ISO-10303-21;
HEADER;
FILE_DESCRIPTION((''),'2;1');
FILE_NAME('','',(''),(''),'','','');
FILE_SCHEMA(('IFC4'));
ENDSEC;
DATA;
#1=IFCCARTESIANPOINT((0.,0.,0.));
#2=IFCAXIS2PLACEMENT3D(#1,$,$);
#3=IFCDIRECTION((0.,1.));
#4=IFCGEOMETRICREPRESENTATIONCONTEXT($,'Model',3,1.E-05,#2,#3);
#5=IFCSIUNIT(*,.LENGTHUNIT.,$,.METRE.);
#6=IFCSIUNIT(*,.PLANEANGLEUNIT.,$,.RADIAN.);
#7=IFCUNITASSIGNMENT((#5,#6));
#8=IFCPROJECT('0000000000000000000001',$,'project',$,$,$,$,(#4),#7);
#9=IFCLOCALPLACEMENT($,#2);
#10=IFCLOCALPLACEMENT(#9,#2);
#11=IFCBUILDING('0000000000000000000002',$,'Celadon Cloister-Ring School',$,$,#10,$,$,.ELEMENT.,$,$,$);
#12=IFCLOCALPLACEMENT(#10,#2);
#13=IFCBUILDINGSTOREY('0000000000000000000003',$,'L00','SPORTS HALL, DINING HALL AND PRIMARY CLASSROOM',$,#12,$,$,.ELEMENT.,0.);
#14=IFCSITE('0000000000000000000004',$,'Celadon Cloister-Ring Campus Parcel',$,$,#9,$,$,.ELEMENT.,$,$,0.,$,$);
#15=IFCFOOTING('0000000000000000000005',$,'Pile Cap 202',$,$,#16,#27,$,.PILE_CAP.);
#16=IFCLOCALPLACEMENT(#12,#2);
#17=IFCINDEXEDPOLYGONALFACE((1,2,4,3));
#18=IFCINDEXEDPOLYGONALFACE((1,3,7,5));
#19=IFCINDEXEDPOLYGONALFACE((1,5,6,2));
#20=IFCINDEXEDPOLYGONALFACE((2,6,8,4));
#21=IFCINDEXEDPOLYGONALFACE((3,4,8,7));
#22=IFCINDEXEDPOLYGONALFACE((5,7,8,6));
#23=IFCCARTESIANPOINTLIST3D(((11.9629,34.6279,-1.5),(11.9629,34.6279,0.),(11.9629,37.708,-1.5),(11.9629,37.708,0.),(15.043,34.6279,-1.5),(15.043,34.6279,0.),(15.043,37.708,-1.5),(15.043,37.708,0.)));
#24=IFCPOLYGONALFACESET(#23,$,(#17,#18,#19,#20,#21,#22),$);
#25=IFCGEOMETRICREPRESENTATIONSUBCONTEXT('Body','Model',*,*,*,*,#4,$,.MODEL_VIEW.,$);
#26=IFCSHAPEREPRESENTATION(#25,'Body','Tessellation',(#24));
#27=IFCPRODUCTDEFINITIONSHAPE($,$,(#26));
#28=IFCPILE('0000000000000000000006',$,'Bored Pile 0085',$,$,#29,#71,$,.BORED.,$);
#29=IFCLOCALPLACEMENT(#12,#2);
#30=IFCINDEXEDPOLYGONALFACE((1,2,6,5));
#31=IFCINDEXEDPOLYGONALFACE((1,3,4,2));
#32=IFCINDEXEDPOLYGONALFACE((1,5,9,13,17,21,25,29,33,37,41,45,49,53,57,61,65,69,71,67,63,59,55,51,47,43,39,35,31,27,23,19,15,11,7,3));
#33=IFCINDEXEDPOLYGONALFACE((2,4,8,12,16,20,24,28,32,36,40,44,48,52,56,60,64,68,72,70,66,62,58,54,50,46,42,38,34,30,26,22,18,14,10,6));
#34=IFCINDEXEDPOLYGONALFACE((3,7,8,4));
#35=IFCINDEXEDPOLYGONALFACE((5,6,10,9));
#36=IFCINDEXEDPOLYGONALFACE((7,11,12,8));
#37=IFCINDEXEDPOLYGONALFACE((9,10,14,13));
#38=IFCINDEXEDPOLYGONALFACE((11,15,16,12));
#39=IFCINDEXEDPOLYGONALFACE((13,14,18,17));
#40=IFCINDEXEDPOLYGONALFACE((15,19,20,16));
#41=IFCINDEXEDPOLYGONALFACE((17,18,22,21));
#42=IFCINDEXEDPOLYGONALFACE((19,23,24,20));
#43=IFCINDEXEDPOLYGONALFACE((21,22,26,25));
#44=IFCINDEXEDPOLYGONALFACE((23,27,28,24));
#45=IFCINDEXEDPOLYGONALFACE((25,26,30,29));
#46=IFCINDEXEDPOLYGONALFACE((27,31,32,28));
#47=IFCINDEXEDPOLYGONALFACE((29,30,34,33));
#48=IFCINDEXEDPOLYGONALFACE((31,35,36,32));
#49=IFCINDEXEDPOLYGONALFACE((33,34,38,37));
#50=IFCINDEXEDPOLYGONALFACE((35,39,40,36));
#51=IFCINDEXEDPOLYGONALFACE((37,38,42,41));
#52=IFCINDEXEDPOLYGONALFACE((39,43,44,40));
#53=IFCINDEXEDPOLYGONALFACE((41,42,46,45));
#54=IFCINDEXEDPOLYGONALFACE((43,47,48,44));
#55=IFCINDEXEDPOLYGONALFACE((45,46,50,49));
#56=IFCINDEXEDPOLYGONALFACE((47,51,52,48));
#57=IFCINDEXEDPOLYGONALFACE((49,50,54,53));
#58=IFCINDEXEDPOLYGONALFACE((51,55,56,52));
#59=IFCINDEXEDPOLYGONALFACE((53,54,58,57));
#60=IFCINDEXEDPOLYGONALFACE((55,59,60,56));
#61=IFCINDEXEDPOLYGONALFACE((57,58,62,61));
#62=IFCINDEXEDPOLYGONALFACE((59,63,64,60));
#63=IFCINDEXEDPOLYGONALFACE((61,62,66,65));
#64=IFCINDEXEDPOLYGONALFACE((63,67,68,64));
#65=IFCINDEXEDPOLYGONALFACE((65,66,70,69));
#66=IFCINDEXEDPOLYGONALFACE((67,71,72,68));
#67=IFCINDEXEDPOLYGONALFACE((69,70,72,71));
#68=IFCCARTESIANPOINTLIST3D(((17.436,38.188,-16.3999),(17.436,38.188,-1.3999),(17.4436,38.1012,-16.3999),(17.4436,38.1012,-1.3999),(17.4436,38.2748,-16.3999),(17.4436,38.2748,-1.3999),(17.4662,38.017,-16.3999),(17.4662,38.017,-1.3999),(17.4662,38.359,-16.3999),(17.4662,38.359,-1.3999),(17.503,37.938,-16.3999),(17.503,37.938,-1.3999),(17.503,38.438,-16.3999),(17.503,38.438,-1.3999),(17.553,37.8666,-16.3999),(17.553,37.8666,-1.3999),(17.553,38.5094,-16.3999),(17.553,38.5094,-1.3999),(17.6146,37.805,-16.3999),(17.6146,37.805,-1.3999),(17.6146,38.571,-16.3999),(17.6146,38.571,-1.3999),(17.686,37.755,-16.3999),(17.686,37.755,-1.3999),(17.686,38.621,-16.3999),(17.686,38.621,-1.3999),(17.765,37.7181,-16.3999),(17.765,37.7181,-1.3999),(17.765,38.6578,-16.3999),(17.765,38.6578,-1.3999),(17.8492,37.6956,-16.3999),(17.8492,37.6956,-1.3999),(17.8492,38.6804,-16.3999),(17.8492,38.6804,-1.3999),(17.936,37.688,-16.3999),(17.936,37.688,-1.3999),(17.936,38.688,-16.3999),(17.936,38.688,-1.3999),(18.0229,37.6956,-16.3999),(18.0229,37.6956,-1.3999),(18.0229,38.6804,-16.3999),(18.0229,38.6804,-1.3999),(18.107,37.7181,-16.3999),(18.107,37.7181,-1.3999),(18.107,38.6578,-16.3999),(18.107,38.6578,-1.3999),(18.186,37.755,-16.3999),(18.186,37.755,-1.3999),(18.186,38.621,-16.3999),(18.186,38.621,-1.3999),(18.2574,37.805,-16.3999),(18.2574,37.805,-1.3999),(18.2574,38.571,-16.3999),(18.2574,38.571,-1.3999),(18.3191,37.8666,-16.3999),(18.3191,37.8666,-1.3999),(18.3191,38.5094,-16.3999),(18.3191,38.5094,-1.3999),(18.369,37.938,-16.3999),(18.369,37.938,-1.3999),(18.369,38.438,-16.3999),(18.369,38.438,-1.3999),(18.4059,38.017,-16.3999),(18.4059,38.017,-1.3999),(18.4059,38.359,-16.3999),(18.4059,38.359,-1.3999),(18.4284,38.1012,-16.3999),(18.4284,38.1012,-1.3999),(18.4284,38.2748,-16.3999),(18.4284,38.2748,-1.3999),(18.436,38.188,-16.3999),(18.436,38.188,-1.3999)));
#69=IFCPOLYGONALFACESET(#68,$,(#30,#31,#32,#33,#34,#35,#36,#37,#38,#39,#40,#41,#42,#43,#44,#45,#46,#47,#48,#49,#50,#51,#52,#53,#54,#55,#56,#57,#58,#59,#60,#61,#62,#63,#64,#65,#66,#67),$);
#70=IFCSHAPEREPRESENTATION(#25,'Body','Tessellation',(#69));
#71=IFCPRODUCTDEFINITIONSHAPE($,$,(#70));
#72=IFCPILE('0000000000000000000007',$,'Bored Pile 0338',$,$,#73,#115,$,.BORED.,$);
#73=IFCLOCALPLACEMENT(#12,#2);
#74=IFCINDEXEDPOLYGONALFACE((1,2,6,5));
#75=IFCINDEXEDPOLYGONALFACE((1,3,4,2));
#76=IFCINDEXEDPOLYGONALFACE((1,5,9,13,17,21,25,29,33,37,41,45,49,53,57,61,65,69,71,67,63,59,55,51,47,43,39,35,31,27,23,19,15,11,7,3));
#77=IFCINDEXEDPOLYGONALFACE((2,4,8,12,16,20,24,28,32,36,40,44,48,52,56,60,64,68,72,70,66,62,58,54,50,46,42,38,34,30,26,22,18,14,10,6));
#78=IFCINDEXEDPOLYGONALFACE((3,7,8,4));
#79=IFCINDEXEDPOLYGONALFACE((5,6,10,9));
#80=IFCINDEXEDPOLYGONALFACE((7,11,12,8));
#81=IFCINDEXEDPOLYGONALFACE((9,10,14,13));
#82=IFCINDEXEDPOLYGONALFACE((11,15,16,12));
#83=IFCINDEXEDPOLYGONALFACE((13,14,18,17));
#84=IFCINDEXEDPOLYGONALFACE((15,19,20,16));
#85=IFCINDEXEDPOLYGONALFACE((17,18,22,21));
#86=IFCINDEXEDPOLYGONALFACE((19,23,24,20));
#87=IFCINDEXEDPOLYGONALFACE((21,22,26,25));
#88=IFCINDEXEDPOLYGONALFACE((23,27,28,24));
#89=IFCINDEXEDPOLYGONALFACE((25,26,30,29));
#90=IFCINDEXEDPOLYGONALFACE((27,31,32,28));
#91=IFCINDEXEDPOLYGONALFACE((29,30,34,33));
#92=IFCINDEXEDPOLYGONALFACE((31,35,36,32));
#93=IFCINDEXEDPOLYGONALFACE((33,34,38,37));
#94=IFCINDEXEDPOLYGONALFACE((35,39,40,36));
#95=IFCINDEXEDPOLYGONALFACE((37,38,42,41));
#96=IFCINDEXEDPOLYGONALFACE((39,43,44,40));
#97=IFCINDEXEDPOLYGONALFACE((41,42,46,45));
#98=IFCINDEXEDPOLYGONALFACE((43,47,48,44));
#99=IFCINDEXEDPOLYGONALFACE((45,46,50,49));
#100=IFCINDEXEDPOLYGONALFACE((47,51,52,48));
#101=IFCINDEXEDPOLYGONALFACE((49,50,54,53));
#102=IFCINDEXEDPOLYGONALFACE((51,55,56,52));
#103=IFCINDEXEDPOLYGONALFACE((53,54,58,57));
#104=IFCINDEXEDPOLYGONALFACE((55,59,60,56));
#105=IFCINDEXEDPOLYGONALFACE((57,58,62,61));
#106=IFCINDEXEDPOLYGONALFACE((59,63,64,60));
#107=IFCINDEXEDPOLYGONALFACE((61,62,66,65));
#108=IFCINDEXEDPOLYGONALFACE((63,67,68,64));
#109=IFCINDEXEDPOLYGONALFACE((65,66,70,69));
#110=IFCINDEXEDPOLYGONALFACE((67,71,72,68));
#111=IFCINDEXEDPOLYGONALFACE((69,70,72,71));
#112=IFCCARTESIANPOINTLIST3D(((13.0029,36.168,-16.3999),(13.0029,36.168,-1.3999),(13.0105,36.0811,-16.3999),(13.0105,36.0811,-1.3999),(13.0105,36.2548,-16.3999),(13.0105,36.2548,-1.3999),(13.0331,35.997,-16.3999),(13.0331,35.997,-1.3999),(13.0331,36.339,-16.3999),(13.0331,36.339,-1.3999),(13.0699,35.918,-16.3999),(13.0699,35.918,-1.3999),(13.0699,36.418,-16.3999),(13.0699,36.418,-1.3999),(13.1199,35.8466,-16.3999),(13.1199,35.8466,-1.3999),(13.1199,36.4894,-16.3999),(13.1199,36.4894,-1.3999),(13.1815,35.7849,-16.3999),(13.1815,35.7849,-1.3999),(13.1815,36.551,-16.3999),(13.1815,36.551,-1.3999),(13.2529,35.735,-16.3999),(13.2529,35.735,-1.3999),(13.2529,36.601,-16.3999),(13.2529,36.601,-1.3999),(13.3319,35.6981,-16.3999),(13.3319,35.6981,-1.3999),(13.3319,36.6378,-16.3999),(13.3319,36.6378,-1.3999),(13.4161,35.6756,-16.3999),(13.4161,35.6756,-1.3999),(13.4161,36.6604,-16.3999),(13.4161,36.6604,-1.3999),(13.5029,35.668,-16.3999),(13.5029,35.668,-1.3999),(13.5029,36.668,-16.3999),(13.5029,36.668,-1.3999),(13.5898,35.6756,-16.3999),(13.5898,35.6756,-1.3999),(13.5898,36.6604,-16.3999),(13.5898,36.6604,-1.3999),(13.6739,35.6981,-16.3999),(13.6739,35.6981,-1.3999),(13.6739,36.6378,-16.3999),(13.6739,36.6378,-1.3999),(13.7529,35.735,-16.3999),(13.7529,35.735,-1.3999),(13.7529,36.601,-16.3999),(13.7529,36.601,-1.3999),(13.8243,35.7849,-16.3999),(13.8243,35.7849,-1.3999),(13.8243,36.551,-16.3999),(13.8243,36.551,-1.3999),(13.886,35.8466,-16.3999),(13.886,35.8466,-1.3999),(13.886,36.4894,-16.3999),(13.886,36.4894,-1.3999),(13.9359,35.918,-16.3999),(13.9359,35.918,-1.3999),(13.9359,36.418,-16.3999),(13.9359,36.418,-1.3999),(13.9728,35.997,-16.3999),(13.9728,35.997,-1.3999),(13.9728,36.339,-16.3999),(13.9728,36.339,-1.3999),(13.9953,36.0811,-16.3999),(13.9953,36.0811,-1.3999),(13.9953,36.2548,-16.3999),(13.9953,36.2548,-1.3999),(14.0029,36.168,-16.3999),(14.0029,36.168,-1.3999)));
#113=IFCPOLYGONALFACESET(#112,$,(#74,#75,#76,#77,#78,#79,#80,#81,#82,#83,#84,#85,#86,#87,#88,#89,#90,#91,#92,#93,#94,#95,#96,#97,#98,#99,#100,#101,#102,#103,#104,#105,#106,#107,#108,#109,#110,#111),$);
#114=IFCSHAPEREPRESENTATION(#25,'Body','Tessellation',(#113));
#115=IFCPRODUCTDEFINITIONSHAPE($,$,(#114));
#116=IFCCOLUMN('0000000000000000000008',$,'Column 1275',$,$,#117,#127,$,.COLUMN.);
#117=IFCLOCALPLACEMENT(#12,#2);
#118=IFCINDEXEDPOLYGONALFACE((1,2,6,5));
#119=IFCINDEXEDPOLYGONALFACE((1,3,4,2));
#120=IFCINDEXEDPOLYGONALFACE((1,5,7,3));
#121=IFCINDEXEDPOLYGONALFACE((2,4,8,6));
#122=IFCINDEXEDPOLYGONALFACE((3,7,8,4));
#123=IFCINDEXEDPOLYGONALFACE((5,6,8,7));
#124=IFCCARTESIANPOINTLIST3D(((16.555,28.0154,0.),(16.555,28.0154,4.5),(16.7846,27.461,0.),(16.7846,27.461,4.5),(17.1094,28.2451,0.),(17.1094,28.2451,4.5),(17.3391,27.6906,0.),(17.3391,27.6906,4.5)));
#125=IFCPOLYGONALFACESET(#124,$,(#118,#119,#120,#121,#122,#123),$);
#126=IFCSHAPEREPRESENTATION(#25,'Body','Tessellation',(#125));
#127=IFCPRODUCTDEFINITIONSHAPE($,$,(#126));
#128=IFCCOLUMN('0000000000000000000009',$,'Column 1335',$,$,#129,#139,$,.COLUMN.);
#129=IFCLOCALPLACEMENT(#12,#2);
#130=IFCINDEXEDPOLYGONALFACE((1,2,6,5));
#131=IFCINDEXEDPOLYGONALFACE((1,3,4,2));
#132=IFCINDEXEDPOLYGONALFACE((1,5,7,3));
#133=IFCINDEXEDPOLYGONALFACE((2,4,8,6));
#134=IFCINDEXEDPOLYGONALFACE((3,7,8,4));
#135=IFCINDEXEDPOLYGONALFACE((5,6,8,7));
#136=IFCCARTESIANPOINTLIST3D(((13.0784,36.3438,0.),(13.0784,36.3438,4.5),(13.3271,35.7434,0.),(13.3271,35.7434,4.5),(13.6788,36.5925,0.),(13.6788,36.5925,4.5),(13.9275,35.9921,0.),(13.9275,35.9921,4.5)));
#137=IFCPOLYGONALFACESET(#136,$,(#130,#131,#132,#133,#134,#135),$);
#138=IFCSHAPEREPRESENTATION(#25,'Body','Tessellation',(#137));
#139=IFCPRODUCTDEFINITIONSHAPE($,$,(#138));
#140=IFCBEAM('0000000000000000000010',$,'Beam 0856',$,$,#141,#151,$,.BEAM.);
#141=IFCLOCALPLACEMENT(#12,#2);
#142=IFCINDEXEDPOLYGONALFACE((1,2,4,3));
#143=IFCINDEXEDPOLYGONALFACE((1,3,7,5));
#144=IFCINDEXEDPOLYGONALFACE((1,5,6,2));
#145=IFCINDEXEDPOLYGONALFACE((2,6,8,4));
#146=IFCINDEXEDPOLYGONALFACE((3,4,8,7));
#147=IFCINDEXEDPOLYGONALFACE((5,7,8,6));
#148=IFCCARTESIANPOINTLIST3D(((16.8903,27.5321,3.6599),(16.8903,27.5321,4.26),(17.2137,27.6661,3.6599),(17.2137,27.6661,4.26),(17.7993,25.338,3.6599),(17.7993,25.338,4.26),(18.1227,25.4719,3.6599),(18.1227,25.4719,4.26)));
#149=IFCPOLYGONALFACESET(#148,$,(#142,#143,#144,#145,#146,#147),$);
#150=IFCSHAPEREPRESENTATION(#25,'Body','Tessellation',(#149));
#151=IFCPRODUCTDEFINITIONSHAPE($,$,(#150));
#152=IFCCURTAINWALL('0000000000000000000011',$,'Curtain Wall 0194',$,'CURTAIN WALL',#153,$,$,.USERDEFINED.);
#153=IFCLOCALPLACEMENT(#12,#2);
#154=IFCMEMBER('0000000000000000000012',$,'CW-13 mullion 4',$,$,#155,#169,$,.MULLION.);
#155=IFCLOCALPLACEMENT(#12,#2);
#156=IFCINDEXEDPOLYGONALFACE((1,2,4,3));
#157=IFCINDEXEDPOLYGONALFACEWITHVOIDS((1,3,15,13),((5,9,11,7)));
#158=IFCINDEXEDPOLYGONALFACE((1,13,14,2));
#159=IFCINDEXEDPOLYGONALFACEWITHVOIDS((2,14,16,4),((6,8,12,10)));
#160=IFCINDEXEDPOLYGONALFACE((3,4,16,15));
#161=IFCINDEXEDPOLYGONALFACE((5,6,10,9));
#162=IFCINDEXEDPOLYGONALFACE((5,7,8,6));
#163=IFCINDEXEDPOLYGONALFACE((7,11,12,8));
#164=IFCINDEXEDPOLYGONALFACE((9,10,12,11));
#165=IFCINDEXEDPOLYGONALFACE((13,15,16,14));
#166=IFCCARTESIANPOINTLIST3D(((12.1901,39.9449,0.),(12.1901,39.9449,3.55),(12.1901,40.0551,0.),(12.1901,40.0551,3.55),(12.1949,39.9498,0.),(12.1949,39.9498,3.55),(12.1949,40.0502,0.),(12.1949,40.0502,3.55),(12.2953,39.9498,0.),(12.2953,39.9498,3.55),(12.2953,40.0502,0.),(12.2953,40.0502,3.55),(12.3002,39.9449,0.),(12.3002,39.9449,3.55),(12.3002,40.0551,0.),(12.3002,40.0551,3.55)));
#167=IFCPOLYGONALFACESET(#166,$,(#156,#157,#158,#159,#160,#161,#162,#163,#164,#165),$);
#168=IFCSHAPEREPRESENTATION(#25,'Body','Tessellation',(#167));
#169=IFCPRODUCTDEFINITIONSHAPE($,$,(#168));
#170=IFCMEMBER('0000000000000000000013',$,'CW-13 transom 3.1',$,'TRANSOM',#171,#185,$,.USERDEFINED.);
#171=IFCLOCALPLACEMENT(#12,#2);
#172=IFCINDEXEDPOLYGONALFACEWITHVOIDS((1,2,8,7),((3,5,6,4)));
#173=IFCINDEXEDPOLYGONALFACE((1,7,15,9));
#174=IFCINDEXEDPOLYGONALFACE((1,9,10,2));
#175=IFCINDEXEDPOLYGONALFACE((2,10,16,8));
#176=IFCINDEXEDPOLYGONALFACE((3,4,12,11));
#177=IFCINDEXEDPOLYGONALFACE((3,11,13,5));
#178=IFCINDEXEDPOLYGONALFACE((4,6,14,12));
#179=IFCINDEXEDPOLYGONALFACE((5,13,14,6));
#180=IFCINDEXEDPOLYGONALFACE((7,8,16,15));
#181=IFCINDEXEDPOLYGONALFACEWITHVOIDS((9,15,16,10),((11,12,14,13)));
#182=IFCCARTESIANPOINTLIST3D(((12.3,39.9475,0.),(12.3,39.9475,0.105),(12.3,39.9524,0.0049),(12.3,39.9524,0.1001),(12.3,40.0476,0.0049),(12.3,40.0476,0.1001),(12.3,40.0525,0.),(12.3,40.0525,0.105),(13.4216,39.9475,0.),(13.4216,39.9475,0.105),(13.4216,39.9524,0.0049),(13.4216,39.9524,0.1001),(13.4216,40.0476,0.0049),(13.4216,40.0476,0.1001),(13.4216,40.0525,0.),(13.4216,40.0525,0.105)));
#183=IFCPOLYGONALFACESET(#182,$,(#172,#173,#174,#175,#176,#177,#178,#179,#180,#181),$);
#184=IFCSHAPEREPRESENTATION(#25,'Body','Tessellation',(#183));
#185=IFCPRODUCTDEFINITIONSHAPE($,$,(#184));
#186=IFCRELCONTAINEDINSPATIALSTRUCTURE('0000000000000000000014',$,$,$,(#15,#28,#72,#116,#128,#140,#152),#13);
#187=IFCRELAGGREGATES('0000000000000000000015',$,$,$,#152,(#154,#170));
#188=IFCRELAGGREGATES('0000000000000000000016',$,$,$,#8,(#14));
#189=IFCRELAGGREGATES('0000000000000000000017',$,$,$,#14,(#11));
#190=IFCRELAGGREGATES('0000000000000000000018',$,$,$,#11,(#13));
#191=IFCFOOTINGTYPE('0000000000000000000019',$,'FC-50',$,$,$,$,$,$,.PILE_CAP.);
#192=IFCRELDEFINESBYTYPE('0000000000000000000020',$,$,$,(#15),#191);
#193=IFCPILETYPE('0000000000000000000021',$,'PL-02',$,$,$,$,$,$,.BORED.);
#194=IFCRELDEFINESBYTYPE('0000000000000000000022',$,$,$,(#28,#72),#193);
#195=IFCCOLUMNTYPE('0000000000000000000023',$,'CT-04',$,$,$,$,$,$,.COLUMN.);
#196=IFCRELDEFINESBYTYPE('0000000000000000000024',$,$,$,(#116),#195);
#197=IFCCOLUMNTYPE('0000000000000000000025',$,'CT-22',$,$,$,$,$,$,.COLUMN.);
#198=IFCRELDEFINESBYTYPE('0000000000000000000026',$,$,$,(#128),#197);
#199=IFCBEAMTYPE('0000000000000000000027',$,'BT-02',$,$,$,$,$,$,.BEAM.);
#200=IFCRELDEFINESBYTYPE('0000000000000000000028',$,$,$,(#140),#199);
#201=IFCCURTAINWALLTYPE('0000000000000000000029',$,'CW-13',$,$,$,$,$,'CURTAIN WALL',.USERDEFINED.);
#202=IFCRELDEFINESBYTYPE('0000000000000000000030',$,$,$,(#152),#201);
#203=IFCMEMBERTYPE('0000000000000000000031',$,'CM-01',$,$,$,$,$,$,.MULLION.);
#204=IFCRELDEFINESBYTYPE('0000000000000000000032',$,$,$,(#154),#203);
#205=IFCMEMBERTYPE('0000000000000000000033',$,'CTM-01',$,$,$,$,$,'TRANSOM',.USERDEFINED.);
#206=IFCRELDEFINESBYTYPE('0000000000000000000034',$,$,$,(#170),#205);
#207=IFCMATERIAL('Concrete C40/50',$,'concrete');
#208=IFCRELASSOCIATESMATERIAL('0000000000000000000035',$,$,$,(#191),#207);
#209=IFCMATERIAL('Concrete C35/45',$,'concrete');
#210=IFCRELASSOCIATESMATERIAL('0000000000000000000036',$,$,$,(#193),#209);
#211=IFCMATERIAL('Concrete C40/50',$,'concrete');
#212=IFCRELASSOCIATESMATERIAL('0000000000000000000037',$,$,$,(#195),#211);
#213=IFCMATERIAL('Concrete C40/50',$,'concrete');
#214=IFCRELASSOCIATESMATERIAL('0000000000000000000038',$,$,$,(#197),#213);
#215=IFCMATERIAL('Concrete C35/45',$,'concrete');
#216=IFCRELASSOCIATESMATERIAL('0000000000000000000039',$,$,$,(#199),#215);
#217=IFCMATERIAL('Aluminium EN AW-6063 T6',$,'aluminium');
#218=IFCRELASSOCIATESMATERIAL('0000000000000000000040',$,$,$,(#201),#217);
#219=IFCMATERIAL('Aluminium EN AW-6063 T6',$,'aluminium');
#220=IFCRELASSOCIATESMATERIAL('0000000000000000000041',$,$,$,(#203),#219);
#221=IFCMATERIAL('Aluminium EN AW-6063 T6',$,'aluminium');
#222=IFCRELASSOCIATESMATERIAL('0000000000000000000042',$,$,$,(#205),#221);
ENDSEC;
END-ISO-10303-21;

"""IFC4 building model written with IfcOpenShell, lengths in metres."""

from ifc_helpers import new_model, si_unit, direction, frame, origin, origin_2d, place, context, subcontext, project, spatial, rectangle, hollow_rectangle, circle, extrude, material, material_profile, profile_set, type_object, element, aggregate, save


model = new_model("IFC4")

# Units and contexts
model_context = context("Model", 3, precision=1e-05, world=origin(), true_north=direction((0.0, 1.0)))
body_context = subcontext(model_context, "Body", "Model", "MODEL_VIEW")
ifc_project = project(units=[si_unit("LENGTHUNIT", "METRE"), si_unit("PLANEANGLEUNIT", "RADIAN")], contexts=[model_context])

# Site, building, storey
site_placement = place(None, origin())
site = spatial("IfcSite", under=ifc_project, at=site_placement, Name="Celadon Cloister-Ring Campus Parcel", CompositionType="ELEMENT", RefElevation=0.0)
building_placement = place(site_placement, origin())
building = spatial("IfcBuilding", under=site, at=building_placement, Name="Celadon Cloister-Ring School", CompositionType="ELEMENT")
storey_placement = place(building_placement, origin())
storey = spatial("IfcBuildingStorey", under=building, at=storey_placement, Name="L00", Description="SPORTS HALL, DINING HALL AND PRIMARY CLASSROOM", CompositionType="ELEMENT", Elevation=0.0)

# Footing
ifc_material_1 = material(Name="Concrete C40/50", Category="concrete")
footing_type = type_object("IfcFootingType", Name="FC-50", PredefinedType="PILE_CAP", material=ifc_material_1)
footing_placement = place(storey_placement, frame((13.5029, 36.168, -1.5), z_axis=(0.0, 0.0, 1.0), x_axis=(1.0, 0.0, 0.0)))
element("IfcFooting", 1, at=footing_placement, inside=storey, type_object=footing_type, Name="Pile Cap 202", PredefinedType="PILE_CAP", context=body_context, shape_type="SweptSolid", body=[
    extrude(rectangle(XDim=3.0801, YDim=3.0801, at=origin_2d()), origin(), (0.0, 0.0, 1.0), 1.5),
])

# Piles
ifc_material_2 = material(Name="Concrete C35/45", Category="concrete")
ifc_material_profile_1 = material_profile(ifc_material_2, circle(Radius=0.5, at=origin_2d()), Name="PILE1000")
ifc_profile_set_1 = profile_set([ifc_material_profile_1], Name="Concrete C35/45")
pile_type = type_object("IfcPileType", Name="PL-02", PredefinedType="BORED", material=ifc_profile_set_1)
for number, where, z_axis, x_axis, name in (
    (2, (17.936, 38.188, -1.3999), (0.0, 0.0, -1.0), (1.0, 0.0, 0.0), "Bored Pile 0085"),
    (3, (13.5029, 36.168, -1.3999), (0.0, 0.0, -1.0), (1.0, 0.0, 0.0), "Bored Pile 0338"),
):
    element("IfcPile", number, at=place(storey_placement, frame(where, z_axis=z_axis, x_axis=x_axis)), inside=storey, type_object=pile_type, Name=name, PredefinedType="BORED", context=body_context, shape_type="SweptSolid", body=[
        extrude(circle(Radius=0.5, at=origin_2d()), origin(), (0.0, 0.0, 1.0), 15.0),
    ])

# Columns
ifc_material_3 = material(Name="Concrete C40/50", Category="concrete")
ifc_material_profile_2 = material_profile(ifc_material_3, rectangle(XDim=0.6001, YDim=0.6001, at=origin_2d()), Name="RC600X600")
ifc_profile_set_2 = profile_set([ifc_material_profile_2], Name="Concrete C40/50")
column_type_1 = type_object("IfcColumnType", Name="CT-04", PredefinedType="COLUMN", material=ifc_profile_set_2)
column_1_placement = place(storey_placement, frame((16.947, 27.853, 0.0), z_axis=(0.0, 0.0, 1.0), x_axis=(-0.382683, 0.92388, 0.0)))
element("IfcColumn", 4, at=column_1_placement, inside=storey, type_object=column_type_1, Name="Column 1275", PredefinedType="COLUMN", context=body_context, shape_type="SweptSolid", body=[
    extrude(rectangle(XDim=0.6001, YDim=0.6001, at=origin_2d()), origin(), (0.0, 0.0, 1.0), 4.5),
])
ifc_material_4 = material(Name="Concrete C40/50", Category="concrete")
ifc_material_profile_3 = material_profile(ifc_material_4, rectangle(XDim=0.6499, YDim=0.6499, at=origin_2d()), Name="RC650X650")
ifc_profile_set_3 = profile_set([ifc_material_profile_3], Name="Concrete C40/50")
column_type_2 = type_object("IfcColumnType", Name="CT-22", PredefinedType="COLUMN", material=ifc_profile_set_3)
column_2_placement = place(storey_placement, frame((13.5029, 36.168, 0.0), z_axis=(0.0, 0.0, 1.0), x_axis=(-0.382683, 0.92388, 0.0)))
element("IfcColumn", 5, at=column_2_placement, inside=storey, type_object=column_type_2, Name="Column 1335", PredefinedType="COLUMN", context=body_context, shape_type="SweptSolid", body=[
    extrude(rectangle(XDim=0.6499, YDim=0.6499, at=origin_2d()), origin(), (0.0, 0.0, 1.0), 4.5),
])

# Beam
ifc_material_5 = material(Name="Concrete C35/45", Category="concrete")
ifc_material_profile_4 = material_profile(ifc_material_5, rectangle(XDim=0.3501, YDim=0.6001, at=origin_2d()), Name="RC350X600")
ifc_profile_set_4 = profile_set([ifc_material_profile_4], Name="Concrete C35/45")
beam_type_1 = type_object("IfcBeamType", Name="BT-02", PredefinedType="BEAM", material=ifc_profile_set_4)
beam_1_placement = place(storey_placement, frame((17.052, 27.5991, 3.96), z_axis=(0.382724, -0.923863, 0.0), x_axis=(0.923863, 0.382724, 0.0)))
element("IfcBeam", 6, at=beam_1_placement, inside=storey, type_object=beam_type_1, Name="Beam 0856", PredefinedType="BEAM", context=body_context, shape_type="SweptSolid", body=[
    extrude(rectangle(XDim=0.3501, YDim=0.6001, at=origin_2d()), origin(), (0.0, 0.0, 1.0), 2.375),
])

# Curtain wall, members
ifc_material_6 = material(Name="Aluminium EN AW-6063 T6", Category="aluminium")
curtain_wall_type = type_object("IfcCurtainWallType", Name="CW-13", ElementType="CURTAIN WALL", PredefinedType="USERDEFINED", material=ifc_material_6)
curtain_wall_placement = place(storey_placement, origin())
curtain_wall = element("IfcCurtainWall", 7, at=curtain_wall_placement, inside=storey, type_object=curtain_wall_type, Name="Curtain Wall 0194", ObjectType="CURTAIN WALL", PredefinedType="USERDEFINED")
ifc_material_7 = material(Name="Aluminium EN AW-6063 T6", Category="aluminium")
ifc_material_profile_5 = material_profile(ifc_material_7, hollow_rectangle(XDim=0.1101, YDim=0.1101, WallThickness=0.0049, at=origin_2d()), Name="RHS110X110X5")
ifc_profile_set_5 = profile_set([ifc_material_profile_5], Name="Aluminium EN AW-6063 T6")
member_type_1 = type_object("IfcMemberType", Name="CM-01", PredefinedType="MULLION", material=ifc_profile_set_5)
member_1_placement = place(storey_placement, frame((12.2451, 40.0, 0.0), z_axis=(0.0, 0.0, 1.0), x_axis=(0.0, -1.0, 0.0)))
member_1 = element("IfcMember", 8, at=member_1_placement, type_object=member_type_1, Name="CW-13 mullion 4", PredefinedType="MULLION", context=body_context, shape_type="SweptSolid", body=[
    extrude(hollow_rectangle(XDim=0.1101, YDim=0.1101, WallThickness=0.0049, at=origin_2d()), origin(), (0.0, 0.0, 1.0), 3.55),
])
ifc_material_8 = material(Name="Aluminium EN AW-6063 T6", Category="aluminium")
ifc_material_profile_6 = material_profile(ifc_material_8, hollow_rectangle(XDim=0.105, YDim=0.105, WallThickness=0.0049, at=origin_2d()), Name="RHS105X105X5")
ifc_profile_set_6 = profile_set([ifc_material_profile_6], Name="Aluminium EN AW-6063 T6")
member_type_2 = type_object("IfcMemberType", Name="CTM-01", ElementType="TRANSOM", PredefinedType="USERDEFINED", material=ifc_profile_set_6)
member_2_placement = place(storey_placement, frame((13.4216, 40.0, 0.0525), z_axis=(-1.0, 0.0, 0.0), x_axis=(0.0, -1.0, 0.0)))
member_2 = element("IfcMember", 9, at=member_2_placement, type_object=member_type_2, Name="CW-13 transom 3.1", ObjectType="TRANSOM", PredefinedType="USERDEFINED", context=body_context, shape_type="SweptSolid", body=[
    extrude(hollow_rectangle(XDim=0.105, YDim=0.105, WallThickness=0.0049, at=origin_2d()), origin(), (0.0, 0.0, 1.0), 1.1216),
])

aggregate(curtain_wall, [member_1, member_2])

save(model, "model.ifc")
